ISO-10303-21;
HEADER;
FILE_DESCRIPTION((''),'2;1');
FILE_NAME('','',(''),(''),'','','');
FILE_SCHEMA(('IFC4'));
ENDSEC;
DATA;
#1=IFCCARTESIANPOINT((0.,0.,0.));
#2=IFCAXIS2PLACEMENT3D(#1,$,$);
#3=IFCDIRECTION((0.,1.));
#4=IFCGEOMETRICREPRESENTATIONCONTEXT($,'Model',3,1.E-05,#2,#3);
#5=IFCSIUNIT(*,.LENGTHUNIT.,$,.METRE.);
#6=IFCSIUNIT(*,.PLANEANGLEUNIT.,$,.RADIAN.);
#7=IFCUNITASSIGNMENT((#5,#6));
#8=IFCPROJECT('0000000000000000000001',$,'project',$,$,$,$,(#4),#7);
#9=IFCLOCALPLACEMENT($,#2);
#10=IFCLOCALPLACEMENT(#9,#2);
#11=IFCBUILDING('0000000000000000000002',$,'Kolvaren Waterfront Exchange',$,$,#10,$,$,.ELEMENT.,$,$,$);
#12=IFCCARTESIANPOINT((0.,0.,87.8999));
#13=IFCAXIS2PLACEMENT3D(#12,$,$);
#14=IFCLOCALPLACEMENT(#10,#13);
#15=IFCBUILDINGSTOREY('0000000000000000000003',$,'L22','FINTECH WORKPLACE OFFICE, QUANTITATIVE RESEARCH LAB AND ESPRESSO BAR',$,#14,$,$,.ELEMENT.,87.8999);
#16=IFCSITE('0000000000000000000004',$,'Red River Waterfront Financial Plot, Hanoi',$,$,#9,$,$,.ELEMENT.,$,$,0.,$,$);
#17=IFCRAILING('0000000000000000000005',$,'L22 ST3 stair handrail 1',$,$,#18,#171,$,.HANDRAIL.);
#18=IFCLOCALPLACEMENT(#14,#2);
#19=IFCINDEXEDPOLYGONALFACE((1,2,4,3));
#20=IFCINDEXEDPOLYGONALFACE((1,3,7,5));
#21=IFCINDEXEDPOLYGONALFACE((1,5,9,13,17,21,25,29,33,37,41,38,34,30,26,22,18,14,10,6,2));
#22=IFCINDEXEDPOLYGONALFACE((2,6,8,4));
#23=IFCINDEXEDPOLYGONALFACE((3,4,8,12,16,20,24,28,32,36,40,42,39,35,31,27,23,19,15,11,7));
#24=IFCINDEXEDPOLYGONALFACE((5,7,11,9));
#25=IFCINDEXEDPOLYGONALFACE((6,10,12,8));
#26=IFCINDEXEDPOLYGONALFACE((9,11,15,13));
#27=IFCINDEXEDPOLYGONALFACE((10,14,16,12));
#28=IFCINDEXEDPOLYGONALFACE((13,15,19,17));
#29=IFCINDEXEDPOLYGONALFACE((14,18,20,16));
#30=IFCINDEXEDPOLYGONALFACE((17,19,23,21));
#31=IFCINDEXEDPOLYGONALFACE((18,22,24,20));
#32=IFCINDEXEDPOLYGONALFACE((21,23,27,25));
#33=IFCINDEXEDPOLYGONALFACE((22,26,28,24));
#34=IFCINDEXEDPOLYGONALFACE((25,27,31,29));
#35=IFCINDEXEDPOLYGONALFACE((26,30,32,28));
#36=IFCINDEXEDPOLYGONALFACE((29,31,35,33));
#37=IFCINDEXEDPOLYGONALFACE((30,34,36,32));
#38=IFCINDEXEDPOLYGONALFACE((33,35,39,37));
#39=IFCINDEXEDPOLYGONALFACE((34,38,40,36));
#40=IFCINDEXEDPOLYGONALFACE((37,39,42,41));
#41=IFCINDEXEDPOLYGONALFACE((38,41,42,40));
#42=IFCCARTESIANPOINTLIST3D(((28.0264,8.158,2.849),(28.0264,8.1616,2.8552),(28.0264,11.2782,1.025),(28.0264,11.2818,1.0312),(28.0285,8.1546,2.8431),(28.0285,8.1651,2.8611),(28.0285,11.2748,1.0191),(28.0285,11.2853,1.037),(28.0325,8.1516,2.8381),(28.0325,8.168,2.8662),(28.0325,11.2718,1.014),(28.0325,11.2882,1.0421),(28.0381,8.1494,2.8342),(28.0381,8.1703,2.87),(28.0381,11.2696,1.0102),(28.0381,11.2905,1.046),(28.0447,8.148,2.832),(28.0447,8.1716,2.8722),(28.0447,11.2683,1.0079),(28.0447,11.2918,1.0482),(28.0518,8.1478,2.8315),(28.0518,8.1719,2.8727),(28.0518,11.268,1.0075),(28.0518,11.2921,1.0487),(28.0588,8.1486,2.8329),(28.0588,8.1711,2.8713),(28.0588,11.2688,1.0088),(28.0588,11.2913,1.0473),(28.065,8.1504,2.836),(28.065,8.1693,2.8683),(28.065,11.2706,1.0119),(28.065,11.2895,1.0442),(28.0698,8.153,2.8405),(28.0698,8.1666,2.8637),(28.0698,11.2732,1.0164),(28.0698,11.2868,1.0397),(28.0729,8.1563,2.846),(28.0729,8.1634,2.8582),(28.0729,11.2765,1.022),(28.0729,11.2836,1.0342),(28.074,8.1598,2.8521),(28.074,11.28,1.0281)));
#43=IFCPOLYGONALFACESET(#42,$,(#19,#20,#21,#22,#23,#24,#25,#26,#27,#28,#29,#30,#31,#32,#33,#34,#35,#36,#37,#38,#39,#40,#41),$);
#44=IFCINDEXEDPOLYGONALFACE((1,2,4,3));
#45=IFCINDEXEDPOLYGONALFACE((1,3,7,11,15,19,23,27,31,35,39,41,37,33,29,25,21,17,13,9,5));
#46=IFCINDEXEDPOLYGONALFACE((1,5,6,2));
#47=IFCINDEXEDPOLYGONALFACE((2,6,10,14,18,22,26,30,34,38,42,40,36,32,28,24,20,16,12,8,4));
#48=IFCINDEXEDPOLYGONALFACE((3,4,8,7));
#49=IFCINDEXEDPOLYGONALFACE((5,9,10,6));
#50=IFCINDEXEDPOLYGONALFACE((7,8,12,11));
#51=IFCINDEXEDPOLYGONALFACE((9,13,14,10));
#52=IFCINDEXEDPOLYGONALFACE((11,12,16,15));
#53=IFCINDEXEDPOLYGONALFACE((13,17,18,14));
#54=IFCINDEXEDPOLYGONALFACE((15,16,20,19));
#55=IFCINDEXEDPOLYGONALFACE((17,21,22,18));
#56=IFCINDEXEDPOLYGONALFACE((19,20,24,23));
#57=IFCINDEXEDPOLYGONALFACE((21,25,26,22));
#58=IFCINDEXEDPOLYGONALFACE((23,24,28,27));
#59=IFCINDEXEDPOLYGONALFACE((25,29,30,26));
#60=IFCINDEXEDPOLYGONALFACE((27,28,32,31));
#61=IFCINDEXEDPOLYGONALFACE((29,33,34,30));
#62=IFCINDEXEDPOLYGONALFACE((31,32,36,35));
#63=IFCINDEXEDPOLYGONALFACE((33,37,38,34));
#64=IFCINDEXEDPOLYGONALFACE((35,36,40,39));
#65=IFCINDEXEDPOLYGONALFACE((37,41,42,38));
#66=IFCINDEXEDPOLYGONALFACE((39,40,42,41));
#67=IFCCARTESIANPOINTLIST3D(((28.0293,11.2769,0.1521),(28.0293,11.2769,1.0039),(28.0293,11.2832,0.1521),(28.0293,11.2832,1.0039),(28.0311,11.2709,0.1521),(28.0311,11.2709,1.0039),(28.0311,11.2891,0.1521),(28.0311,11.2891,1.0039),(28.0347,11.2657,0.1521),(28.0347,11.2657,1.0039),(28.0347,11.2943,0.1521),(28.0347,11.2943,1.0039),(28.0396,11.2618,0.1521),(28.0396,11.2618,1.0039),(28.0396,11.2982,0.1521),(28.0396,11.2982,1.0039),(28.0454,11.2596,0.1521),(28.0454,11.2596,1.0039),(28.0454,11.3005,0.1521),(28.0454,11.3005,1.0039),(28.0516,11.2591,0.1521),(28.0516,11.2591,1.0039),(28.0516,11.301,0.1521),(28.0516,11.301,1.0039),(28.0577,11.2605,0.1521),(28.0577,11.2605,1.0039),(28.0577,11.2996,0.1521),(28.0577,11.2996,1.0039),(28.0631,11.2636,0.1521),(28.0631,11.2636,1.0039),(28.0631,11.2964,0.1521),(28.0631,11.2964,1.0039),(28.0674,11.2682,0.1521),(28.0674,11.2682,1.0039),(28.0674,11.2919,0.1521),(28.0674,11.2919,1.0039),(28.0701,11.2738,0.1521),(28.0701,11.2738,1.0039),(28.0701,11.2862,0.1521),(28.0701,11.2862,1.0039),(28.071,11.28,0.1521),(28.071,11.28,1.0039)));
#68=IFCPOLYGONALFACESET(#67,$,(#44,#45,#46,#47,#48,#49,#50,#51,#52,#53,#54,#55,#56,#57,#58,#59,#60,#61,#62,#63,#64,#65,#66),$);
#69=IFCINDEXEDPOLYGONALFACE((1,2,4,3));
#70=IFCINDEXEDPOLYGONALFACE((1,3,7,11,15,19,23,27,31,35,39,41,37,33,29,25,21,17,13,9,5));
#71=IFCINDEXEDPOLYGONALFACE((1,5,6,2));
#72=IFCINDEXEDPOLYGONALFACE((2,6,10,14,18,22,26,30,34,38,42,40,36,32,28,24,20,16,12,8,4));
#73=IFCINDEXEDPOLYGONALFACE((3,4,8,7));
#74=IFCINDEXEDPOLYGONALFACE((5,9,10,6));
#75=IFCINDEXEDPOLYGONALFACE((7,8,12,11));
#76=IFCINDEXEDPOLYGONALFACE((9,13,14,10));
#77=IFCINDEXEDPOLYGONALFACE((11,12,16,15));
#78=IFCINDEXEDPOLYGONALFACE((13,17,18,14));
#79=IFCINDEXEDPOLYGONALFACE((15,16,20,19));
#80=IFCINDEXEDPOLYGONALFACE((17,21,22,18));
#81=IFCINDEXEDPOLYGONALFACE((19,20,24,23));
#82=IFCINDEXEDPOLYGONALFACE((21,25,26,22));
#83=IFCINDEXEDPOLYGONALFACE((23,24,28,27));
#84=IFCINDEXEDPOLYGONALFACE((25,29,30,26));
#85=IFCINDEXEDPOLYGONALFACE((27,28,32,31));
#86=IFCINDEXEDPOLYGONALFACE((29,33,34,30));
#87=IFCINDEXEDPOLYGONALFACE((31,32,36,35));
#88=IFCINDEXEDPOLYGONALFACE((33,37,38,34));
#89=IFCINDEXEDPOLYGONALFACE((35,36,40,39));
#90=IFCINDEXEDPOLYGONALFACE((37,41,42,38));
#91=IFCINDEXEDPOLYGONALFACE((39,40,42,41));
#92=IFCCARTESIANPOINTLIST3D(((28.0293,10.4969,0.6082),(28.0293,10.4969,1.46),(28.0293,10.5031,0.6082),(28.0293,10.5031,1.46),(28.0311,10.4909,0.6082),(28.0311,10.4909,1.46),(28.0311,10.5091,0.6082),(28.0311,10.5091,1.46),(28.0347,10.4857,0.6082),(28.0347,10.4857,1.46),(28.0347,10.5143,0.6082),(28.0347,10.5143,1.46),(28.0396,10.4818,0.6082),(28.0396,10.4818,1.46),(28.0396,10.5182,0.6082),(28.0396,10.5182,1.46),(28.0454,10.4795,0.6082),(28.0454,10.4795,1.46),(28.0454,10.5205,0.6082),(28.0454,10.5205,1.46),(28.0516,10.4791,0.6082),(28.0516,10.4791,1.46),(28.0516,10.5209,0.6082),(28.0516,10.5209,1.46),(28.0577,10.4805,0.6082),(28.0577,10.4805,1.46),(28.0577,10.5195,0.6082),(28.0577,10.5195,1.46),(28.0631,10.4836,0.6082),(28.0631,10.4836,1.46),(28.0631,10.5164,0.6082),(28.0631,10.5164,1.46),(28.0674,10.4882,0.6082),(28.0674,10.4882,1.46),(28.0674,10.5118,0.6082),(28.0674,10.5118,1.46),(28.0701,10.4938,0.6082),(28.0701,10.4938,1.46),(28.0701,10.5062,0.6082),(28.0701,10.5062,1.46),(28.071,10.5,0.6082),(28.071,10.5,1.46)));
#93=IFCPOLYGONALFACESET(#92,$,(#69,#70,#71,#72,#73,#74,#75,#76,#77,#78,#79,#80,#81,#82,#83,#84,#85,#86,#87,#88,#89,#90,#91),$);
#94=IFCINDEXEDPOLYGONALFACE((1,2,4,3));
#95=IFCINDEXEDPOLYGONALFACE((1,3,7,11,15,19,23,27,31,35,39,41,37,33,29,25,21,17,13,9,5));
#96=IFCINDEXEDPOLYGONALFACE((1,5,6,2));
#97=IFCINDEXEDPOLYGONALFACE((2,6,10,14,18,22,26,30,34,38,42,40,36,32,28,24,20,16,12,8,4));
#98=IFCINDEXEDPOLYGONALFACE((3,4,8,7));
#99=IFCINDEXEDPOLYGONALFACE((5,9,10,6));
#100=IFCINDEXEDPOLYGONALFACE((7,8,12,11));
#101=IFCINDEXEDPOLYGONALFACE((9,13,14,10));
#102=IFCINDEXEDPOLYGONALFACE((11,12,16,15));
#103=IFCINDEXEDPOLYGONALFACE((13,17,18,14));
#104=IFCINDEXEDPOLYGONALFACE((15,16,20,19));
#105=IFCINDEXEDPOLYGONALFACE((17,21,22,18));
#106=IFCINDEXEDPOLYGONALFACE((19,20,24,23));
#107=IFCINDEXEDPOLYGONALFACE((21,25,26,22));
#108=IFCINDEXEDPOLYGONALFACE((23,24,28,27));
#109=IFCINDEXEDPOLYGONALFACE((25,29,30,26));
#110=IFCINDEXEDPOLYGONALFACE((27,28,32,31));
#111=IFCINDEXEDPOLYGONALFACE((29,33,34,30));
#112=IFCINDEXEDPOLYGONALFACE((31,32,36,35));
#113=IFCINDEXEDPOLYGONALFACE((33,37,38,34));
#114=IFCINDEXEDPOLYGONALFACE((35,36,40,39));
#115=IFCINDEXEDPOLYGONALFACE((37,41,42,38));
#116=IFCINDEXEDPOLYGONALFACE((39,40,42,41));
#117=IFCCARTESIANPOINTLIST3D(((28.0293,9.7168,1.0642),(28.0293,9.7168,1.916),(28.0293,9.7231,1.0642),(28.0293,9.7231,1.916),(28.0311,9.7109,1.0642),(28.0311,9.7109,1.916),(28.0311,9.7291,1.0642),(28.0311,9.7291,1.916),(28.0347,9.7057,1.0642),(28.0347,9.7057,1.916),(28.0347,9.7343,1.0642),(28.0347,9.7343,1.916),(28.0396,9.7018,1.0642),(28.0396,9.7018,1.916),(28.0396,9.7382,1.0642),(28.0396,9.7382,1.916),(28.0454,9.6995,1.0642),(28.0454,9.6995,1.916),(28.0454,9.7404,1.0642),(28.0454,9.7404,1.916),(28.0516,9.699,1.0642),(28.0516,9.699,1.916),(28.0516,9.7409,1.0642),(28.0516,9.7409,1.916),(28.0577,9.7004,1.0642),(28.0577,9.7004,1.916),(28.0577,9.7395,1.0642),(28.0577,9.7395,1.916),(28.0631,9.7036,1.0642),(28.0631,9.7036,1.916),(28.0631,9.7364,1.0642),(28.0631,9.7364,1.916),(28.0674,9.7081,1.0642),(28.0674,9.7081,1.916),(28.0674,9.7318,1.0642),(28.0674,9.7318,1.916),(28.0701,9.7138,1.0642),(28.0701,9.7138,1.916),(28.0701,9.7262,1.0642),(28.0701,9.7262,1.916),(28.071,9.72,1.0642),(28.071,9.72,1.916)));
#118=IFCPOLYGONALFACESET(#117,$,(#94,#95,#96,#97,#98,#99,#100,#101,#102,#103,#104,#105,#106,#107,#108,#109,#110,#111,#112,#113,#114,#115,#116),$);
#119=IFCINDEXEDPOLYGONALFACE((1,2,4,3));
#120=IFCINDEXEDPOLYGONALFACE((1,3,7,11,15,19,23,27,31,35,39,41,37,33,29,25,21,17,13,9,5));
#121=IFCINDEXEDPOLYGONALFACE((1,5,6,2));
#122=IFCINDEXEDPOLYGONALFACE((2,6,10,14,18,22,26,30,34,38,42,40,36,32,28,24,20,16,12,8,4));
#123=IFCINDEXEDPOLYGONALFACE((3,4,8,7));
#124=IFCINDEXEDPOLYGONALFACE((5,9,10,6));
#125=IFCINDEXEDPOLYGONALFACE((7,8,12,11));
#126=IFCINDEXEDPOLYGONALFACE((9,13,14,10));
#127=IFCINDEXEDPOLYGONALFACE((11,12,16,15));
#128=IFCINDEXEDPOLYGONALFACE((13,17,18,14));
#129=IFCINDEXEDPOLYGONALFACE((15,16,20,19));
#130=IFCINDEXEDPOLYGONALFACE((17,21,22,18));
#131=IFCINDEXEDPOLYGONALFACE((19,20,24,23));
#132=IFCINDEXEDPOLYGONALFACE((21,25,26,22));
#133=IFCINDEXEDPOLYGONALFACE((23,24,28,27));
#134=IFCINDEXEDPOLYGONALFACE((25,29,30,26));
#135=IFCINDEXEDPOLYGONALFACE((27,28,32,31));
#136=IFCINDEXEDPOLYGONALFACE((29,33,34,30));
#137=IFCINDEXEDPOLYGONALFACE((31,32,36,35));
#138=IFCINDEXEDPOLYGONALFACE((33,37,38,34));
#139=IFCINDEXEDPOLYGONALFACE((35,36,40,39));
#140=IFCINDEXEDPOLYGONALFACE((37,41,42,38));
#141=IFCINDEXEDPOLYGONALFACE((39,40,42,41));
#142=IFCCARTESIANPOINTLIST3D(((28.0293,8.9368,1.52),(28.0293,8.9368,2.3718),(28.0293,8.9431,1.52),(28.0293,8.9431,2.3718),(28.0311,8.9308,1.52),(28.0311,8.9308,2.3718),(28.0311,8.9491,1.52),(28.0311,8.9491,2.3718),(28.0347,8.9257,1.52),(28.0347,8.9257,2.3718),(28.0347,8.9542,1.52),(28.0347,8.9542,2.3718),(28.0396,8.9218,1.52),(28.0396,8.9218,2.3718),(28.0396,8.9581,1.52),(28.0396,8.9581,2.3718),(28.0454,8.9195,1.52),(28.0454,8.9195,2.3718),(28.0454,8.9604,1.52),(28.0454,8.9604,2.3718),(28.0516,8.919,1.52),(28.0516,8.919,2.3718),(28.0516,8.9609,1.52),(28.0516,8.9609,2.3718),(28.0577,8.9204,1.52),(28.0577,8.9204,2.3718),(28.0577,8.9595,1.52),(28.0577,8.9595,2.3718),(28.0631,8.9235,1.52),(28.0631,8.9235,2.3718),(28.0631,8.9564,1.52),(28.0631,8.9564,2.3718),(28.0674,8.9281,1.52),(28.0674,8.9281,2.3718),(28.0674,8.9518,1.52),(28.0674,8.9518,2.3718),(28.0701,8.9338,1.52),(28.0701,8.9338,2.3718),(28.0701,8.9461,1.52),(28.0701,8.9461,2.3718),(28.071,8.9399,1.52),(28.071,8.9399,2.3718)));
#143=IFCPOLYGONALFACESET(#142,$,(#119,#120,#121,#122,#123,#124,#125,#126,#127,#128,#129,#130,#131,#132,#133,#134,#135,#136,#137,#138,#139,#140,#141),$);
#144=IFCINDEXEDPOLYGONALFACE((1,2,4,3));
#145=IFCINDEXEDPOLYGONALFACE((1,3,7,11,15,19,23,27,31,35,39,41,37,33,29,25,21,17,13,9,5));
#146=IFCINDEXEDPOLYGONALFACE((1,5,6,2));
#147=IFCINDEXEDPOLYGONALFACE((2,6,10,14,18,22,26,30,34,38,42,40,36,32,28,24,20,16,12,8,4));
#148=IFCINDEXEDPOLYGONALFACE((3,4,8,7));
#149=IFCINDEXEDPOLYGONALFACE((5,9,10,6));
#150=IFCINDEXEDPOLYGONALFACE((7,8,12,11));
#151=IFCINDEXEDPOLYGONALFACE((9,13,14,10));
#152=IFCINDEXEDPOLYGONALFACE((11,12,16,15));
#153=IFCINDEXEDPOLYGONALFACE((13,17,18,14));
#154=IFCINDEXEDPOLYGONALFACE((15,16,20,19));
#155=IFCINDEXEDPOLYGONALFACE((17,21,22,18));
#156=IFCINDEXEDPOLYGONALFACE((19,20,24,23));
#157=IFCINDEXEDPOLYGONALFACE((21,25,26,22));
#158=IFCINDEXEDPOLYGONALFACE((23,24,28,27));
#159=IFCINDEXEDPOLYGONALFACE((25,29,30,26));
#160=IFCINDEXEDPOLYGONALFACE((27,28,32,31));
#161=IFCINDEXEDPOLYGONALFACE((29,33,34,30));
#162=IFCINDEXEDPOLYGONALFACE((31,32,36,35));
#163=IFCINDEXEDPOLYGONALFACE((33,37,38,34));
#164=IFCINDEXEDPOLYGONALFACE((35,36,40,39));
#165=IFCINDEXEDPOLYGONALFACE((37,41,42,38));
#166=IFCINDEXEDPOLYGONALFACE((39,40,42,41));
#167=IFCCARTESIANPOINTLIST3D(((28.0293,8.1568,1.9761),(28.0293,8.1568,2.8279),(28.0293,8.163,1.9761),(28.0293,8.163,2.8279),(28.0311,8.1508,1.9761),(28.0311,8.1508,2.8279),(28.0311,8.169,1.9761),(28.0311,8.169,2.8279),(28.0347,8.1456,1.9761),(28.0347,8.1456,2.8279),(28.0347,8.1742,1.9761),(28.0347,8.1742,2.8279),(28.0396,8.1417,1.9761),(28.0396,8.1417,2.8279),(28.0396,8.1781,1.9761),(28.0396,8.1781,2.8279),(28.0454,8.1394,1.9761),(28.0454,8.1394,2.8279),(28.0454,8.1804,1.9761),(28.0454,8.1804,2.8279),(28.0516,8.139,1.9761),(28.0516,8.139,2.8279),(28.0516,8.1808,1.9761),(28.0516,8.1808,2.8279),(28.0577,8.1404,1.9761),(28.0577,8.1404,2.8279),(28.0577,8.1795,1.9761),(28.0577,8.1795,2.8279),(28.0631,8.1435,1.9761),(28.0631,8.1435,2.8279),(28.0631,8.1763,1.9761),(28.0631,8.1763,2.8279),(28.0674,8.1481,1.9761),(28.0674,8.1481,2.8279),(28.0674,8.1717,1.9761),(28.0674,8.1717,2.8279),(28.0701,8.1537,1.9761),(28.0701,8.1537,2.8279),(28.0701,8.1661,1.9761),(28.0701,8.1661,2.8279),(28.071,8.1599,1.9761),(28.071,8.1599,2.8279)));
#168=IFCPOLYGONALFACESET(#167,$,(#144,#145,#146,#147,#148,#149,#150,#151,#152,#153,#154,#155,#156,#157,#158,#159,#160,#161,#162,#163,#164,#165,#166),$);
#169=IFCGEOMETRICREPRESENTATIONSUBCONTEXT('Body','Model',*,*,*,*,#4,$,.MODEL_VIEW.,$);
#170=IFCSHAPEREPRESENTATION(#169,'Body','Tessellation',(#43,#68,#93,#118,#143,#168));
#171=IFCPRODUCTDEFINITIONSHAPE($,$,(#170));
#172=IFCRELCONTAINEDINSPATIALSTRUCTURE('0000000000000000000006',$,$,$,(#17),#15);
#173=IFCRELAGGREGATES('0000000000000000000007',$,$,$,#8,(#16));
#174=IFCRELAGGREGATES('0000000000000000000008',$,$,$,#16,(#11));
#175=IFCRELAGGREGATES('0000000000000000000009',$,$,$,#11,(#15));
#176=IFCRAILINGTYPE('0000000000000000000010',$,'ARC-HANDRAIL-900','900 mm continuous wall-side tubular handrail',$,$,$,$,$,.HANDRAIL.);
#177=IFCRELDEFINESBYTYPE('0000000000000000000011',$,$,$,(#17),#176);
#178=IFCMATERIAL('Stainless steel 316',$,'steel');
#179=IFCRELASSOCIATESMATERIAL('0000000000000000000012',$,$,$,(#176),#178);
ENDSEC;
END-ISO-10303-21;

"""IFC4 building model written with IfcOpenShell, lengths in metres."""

from ifc_helpers import new_model, si_unit, direction, frame, origin, origin_2d, place, context, subcontext, project, spatial, circle, extrude, material, type_object, element, save


model = new_model("IFC4")

# Units and contexts
model_context = context("Model", 3, precision=1e-05, world=origin(), true_north=direction((0.0, 1.0)))
body_context = subcontext(model_context, "Body", "Model", "MODEL_VIEW")
ifc_project = project(units=[si_unit("LENGTHUNIT", "METRE"), si_unit("PLANEANGLEUNIT", "RADIAN")], contexts=[model_context])

# Site, building, storey
site_placement = place(None, origin())
site = spatial("IfcSite", under=ifc_project, at=site_placement, Name="Red River Waterfront Financial Plot, Hanoi", CompositionType="ELEMENT", RefElevation=0.0)
building_placement = place(site_placement, origin())
building = spatial("IfcBuilding", under=site, at=building_placement, Name="Kolvaren Waterfront Exchange", CompositionType="ELEMENT")
storey_placement = place(building_placement, frame((0.0, 0.0, 87.8999)))
storey = spatial("IfcBuildingStorey", under=building, at=storey_placement, Name="L22", Description="FINTECH WORKPLACE OFFICE, QUANTITATIVE RESEARCH LAB AND ESPRESSO BAR", CompositionType="ELEMENT", Elevation=87.8999)

# Railing
ifc_material_1 = material(Name="Stainless steel 316", Category="steel")
railing_type_1 = type_object("IfcRailingType", Name="ARC-HANDRAIL-900", Description="900 mm continuous wall-side tubular handrail", PredefinedType="HANDRAIL", material=ifc_material_1)
railing_1_placement = place(storey_placement, frame((28.05, 11.28, 0.1521)))
element("IfcRailing", 1, at=railing_1_placement, inside=storey, type_object=railing_type_1, Name="L22 ST3 stair handrail 1", PredefinedType="HANDRAIL", context=body_context, shape_type="SweptSolid", body=[
    extrude(circle(Radius=0.0239, at=origin_2d()), frame((0.0, 0.0, 0.876), z_axis=(0.0, -0.863308, 0.504677), x_axis=(1.0, 0.0, 0.0)), (0.0, 0.0, 1.0), 3.6143),
    extrude(circle(Radius=0.021, at=origin_2d()), origin(), (0.0, 0.0, 1.0), 0.8518),
    extrude(circle(Radius=0.021, at=origin_2d()), frame((0.0, -0.78, 0.4561)), (0.0, 0.0, 1.0), 0.8518),
    extrude(circle(Radius=0.021, at=origin_2d()), frame((0.0, -1.5601, 0.9121)), (0.0, 0.0, 1.0), 0.8518),
    extrude(circle(Radius=0.021, at=origin_2d()), frame((0.0, -2.3401, 1.3679)), (0.0, 0.0, 1.0), 0.8518),
    extrude(circle(Radius=0.021, at=origin_2d()), frame((0.0, -3.1201, 1.824)), (0.0, 0.0, 1.0), 0.8518),
])

save(model, "model.ifc")
